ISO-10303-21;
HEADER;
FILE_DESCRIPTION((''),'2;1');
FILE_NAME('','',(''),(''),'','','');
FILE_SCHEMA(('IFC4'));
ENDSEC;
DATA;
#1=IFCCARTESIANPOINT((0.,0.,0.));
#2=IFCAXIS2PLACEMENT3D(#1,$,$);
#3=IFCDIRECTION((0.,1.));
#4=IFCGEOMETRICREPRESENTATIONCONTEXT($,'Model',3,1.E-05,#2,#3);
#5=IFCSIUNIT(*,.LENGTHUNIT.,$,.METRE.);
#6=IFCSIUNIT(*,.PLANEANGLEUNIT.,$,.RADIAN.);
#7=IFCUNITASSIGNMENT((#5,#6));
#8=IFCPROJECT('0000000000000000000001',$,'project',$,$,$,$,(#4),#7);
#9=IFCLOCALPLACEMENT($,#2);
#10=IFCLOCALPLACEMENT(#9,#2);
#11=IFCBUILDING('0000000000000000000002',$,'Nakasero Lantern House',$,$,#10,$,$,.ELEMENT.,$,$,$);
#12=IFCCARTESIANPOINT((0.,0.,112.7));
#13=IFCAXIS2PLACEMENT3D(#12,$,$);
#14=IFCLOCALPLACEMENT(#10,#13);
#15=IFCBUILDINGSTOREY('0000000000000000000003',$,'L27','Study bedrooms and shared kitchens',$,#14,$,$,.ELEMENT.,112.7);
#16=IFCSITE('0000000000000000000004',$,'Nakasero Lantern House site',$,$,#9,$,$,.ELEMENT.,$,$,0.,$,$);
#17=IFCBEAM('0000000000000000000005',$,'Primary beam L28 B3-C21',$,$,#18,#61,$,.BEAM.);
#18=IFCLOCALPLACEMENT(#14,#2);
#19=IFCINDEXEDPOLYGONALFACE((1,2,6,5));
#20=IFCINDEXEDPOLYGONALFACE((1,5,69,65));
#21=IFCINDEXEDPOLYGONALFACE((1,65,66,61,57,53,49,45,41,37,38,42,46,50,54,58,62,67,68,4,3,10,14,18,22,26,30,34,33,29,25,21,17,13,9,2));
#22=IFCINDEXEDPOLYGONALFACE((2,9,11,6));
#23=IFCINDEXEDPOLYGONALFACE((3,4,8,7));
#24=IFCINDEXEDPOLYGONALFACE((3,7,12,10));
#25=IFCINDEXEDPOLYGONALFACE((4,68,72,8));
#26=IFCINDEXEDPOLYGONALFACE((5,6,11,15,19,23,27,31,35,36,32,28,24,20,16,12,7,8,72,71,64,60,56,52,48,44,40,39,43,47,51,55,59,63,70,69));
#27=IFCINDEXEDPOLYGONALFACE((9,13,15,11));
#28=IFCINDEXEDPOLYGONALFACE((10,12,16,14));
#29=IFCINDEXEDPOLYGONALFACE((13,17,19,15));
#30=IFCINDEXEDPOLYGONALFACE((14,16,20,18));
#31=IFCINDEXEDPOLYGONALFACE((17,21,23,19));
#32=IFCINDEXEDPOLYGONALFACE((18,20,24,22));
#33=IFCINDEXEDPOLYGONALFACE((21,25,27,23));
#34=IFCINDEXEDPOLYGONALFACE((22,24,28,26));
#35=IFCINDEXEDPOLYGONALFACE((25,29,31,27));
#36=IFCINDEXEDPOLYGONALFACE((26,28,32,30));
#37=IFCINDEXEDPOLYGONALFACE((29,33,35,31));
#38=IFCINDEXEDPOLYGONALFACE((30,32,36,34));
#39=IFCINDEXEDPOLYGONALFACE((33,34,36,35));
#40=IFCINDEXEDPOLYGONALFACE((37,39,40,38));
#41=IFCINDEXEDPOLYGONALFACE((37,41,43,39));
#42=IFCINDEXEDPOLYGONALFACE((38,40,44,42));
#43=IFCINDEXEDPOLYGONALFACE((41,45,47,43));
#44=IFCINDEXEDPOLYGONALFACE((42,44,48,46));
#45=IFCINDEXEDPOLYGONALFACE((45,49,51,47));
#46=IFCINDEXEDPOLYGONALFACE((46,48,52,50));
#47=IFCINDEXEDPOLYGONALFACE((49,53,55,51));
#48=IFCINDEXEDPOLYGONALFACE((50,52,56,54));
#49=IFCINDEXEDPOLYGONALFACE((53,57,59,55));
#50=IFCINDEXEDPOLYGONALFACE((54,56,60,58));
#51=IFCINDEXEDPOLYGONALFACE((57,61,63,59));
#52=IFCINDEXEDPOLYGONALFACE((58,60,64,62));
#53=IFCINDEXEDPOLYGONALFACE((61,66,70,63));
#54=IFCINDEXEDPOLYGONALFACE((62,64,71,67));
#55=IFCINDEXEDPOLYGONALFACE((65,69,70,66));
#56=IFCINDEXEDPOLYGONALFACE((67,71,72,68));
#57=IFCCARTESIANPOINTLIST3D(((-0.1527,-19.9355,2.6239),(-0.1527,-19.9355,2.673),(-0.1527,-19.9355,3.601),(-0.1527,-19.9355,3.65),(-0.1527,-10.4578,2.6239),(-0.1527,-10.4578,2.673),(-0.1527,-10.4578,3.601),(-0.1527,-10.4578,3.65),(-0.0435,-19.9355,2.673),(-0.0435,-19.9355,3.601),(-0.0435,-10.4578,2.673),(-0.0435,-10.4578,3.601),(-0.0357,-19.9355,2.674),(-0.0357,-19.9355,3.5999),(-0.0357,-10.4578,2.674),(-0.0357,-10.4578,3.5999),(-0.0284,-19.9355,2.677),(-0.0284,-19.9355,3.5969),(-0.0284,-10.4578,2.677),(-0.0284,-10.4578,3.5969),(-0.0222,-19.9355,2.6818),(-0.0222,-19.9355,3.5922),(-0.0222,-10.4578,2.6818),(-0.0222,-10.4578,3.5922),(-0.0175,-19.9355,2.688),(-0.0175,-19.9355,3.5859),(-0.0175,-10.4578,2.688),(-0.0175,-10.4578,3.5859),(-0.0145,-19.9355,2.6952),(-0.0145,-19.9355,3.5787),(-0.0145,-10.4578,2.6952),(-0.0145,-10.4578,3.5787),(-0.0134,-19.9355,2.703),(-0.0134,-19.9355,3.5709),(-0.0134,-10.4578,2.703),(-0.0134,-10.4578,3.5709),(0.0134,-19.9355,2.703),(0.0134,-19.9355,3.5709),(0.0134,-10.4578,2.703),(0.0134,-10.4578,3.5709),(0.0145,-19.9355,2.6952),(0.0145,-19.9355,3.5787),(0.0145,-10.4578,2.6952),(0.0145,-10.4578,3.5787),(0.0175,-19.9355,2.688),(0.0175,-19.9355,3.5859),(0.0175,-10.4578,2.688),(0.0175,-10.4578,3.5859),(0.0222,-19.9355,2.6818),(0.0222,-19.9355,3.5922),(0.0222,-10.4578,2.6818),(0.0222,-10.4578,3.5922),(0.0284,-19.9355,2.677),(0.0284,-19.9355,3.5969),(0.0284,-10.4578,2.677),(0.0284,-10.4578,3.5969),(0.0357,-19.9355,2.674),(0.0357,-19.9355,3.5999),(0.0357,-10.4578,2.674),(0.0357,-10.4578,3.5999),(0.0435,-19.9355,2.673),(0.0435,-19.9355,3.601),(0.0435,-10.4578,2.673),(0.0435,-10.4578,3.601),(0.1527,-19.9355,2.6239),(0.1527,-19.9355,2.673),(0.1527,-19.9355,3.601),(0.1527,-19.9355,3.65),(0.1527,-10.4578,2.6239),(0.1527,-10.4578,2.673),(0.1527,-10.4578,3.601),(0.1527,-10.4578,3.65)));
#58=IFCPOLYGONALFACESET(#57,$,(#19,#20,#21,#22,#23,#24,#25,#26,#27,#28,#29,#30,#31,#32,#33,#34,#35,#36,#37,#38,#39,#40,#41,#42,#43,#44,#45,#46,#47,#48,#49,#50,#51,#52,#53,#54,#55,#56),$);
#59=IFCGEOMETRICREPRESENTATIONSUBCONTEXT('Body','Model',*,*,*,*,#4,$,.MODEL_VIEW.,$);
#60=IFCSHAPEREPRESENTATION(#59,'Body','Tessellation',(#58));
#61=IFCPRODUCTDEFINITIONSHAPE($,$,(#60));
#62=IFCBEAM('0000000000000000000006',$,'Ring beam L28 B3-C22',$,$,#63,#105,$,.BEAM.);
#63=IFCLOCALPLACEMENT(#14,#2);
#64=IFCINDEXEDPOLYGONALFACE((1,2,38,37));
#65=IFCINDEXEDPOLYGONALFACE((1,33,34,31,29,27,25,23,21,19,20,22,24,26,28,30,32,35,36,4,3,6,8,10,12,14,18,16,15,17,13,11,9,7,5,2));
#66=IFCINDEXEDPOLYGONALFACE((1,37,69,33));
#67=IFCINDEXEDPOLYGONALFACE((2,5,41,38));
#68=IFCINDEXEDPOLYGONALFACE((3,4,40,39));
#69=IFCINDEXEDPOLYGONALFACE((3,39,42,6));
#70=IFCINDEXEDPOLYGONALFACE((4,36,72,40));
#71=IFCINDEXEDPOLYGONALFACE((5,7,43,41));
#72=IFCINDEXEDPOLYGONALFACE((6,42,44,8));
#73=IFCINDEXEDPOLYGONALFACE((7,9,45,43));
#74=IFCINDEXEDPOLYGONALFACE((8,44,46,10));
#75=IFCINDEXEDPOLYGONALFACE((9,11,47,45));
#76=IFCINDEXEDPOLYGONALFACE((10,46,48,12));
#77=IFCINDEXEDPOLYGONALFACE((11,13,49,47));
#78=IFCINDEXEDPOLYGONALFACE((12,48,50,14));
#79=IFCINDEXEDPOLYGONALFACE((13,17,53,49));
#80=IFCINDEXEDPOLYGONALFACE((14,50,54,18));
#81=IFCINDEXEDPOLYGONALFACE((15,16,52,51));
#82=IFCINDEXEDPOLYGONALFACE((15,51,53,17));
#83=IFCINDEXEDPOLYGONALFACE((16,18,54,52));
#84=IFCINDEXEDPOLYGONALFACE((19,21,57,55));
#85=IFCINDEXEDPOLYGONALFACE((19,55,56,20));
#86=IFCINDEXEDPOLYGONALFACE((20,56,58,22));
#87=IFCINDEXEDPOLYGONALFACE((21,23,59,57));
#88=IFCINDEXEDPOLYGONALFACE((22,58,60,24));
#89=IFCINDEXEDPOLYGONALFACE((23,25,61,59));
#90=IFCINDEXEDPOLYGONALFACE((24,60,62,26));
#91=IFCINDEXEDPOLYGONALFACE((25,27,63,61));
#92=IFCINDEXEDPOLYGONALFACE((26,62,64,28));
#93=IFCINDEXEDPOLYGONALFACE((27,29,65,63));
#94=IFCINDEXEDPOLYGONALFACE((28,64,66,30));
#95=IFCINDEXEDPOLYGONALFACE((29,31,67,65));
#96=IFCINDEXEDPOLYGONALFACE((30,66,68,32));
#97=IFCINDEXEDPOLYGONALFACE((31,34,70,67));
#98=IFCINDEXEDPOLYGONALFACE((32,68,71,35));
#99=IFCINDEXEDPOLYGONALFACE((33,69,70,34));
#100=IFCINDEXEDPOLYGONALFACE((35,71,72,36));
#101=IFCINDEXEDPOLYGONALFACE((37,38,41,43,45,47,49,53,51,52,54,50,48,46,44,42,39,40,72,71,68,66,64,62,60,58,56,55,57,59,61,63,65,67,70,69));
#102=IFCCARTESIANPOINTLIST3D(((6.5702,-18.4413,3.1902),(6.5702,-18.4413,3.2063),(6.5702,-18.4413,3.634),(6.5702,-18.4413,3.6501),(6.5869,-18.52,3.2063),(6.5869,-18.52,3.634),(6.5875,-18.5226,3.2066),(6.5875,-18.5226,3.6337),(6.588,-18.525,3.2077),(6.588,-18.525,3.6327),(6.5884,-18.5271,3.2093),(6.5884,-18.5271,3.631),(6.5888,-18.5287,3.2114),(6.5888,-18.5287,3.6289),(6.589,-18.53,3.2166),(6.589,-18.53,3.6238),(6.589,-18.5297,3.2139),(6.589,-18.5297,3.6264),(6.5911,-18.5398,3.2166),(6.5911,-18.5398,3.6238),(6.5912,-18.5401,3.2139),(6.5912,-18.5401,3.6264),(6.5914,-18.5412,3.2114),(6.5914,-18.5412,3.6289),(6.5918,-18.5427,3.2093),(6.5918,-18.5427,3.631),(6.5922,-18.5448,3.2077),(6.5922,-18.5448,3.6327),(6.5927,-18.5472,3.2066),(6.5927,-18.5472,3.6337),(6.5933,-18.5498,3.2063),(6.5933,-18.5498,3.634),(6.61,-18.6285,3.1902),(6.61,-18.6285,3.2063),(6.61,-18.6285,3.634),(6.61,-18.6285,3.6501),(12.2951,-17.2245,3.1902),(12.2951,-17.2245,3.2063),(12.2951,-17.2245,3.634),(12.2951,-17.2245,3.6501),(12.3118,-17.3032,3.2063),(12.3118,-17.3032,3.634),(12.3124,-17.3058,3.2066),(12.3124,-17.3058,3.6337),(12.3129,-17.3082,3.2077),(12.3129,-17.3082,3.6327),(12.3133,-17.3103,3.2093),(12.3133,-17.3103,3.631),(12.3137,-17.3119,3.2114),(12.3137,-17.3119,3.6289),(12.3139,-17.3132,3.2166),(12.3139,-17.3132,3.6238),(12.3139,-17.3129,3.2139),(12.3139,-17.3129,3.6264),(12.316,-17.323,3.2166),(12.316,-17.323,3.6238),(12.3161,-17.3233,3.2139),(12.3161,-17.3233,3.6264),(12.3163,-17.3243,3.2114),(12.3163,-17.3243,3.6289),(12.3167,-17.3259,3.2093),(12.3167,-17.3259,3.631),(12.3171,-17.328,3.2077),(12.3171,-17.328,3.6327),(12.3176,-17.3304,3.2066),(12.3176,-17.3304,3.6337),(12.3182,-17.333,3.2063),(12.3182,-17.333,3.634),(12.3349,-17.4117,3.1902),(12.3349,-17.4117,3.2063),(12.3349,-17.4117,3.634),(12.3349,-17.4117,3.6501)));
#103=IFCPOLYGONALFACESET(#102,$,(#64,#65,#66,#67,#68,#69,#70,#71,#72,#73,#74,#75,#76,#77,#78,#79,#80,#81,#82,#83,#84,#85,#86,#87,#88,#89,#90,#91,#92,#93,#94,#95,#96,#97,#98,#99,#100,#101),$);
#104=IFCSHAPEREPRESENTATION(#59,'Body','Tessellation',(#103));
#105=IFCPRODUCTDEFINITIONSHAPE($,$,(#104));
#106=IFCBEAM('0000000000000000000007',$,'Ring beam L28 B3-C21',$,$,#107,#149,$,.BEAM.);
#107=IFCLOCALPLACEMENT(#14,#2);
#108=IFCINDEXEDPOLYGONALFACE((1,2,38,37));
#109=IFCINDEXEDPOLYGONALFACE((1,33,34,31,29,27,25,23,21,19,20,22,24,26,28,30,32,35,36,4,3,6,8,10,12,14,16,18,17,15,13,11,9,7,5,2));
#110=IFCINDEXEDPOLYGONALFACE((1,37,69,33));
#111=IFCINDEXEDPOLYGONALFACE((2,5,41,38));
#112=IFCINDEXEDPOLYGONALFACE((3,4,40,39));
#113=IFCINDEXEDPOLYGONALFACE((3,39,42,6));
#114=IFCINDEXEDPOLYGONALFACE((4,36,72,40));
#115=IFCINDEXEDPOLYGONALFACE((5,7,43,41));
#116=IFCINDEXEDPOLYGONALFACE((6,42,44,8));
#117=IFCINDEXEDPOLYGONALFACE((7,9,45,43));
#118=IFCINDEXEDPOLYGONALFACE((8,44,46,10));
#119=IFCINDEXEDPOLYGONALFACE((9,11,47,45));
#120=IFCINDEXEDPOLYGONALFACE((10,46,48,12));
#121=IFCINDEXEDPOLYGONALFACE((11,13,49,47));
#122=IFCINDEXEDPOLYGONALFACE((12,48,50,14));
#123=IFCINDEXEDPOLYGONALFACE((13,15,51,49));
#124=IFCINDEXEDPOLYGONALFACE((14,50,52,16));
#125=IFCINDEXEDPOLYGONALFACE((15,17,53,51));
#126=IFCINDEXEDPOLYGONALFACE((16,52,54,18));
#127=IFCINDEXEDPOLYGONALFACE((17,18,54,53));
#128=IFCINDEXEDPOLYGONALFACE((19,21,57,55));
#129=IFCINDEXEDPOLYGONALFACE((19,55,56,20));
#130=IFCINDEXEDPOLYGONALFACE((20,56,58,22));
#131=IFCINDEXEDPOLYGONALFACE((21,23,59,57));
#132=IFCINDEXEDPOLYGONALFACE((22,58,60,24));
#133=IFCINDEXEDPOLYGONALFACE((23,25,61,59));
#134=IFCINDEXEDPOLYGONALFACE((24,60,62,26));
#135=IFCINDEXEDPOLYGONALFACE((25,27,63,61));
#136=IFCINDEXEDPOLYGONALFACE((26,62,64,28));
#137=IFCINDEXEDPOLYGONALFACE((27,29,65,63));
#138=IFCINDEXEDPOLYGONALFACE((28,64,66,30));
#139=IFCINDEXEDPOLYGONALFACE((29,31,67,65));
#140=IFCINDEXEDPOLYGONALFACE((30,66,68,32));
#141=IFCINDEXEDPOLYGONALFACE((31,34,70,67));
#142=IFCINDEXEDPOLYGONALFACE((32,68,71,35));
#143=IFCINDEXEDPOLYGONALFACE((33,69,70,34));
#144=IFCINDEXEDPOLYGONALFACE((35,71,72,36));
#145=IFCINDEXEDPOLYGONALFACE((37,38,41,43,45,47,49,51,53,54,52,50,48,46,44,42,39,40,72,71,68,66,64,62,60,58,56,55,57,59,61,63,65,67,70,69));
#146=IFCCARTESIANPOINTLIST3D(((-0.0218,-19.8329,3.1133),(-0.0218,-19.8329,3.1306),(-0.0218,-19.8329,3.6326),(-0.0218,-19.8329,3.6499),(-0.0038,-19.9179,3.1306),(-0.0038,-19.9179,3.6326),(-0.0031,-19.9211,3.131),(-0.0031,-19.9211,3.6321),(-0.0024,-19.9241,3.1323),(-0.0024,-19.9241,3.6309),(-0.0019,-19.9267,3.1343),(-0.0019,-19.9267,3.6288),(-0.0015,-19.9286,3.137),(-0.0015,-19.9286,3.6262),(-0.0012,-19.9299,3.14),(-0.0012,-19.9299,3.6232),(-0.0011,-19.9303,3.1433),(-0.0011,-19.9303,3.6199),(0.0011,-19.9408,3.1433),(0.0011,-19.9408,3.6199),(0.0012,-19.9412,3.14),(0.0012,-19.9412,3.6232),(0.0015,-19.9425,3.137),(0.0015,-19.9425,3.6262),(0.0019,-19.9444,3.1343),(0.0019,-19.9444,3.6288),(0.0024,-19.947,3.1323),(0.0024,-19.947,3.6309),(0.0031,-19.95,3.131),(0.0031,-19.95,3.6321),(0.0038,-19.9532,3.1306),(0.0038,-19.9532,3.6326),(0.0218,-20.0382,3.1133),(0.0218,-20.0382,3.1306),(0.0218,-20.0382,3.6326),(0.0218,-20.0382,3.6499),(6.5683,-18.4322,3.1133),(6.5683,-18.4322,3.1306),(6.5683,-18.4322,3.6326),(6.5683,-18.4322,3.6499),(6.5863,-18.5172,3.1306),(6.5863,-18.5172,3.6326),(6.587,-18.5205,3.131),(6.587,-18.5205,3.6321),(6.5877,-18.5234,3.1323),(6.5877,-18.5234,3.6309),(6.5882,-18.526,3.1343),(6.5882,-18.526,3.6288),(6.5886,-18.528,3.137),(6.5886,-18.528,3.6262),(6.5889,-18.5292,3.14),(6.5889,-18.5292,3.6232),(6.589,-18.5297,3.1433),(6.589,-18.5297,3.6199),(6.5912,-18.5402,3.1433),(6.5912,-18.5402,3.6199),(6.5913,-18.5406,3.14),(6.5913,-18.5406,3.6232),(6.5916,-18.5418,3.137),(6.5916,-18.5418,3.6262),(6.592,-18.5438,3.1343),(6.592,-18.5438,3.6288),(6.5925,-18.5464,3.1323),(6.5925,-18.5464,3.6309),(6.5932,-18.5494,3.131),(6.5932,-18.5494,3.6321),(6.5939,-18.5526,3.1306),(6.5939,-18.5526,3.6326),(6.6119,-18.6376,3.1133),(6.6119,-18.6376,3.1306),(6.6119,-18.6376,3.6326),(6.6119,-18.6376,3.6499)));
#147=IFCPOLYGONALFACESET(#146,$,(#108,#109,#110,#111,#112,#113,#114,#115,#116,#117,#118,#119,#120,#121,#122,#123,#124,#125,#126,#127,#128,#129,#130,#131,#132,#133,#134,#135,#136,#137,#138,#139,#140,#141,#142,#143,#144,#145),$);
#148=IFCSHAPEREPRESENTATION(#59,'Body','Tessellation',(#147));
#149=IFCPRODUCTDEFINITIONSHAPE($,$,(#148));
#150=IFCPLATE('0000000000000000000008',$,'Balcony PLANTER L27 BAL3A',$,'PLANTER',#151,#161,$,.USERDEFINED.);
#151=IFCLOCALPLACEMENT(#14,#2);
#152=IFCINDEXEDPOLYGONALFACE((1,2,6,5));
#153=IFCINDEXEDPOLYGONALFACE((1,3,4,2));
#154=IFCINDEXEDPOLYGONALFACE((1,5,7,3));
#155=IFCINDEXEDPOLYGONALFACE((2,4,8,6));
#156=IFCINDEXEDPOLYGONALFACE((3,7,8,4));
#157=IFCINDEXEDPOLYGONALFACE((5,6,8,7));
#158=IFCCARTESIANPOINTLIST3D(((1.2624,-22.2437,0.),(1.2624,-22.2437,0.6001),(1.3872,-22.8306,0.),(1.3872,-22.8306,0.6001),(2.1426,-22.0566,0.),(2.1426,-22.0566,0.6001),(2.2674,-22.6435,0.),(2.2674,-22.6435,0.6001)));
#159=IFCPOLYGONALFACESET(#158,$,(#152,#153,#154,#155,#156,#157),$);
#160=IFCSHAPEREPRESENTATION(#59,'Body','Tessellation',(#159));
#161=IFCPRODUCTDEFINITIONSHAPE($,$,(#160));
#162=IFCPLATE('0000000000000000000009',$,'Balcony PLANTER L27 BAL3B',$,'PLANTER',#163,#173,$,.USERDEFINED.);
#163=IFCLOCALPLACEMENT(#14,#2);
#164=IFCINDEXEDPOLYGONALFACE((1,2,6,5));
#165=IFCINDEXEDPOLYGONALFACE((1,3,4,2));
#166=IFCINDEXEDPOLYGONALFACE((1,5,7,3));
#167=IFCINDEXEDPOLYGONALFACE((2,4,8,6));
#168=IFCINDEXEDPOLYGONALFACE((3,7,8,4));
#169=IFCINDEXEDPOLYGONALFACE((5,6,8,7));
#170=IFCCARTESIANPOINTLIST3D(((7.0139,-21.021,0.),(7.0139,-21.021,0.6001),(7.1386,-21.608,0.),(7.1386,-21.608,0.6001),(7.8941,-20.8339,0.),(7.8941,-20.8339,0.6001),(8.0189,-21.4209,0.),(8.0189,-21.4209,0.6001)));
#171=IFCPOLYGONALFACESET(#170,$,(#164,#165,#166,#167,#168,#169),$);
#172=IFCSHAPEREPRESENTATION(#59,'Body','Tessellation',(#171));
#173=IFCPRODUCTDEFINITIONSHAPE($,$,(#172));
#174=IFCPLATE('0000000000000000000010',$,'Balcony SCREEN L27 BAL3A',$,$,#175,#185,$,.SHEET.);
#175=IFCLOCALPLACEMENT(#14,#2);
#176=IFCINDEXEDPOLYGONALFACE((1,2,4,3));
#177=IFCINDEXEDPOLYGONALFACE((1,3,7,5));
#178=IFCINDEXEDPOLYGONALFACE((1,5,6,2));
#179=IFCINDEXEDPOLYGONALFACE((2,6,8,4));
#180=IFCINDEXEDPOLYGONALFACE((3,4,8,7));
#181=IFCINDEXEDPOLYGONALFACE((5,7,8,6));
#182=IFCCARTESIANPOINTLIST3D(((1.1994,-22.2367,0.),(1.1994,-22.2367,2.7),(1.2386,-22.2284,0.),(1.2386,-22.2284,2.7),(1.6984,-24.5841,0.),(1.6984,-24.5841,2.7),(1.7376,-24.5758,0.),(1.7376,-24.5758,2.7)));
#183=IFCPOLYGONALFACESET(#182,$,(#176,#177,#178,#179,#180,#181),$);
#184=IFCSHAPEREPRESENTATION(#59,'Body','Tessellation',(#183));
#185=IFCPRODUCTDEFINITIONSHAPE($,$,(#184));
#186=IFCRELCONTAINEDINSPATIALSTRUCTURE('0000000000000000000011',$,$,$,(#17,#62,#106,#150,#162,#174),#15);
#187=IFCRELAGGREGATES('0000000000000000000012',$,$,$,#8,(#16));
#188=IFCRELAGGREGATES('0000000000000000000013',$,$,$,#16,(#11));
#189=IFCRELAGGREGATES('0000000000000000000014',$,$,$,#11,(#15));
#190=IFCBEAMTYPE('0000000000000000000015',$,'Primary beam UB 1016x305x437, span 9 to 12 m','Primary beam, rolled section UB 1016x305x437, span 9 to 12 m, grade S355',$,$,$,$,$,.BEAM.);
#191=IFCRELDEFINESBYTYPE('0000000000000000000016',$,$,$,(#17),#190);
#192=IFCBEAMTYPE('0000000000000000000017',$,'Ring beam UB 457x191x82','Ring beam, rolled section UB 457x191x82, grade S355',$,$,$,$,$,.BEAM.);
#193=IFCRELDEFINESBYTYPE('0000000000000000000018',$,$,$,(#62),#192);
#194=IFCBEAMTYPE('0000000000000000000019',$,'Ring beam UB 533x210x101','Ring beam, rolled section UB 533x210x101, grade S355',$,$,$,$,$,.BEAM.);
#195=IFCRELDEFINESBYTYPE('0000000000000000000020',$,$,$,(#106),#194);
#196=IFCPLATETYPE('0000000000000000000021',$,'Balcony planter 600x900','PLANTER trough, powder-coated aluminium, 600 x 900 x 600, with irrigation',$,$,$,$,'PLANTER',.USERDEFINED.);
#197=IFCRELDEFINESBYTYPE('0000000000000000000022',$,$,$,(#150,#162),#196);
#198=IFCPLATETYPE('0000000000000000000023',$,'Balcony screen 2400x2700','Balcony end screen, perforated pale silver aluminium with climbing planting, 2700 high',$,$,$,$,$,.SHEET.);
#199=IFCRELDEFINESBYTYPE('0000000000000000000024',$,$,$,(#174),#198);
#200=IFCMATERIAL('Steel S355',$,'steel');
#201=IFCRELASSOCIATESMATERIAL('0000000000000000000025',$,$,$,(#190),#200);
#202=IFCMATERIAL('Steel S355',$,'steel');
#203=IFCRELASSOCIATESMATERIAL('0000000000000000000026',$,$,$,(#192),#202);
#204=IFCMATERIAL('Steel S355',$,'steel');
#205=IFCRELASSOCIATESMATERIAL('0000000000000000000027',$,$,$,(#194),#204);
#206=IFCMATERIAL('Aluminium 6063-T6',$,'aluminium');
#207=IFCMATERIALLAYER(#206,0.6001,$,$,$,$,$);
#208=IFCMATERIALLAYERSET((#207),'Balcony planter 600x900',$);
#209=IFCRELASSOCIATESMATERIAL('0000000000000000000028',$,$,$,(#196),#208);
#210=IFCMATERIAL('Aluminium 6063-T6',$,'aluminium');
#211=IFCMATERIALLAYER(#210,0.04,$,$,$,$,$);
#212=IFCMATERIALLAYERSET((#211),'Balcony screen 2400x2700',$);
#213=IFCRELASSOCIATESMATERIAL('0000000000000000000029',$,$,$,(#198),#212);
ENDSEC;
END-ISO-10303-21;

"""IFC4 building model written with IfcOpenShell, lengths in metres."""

from ifc_helpers import new_model, si_unit, direction, frame, origin, origin_2d, place, context, subcontext, project, spatial, rectangle, i_section, extrude, material, layer, layer_set, material_profile, profile_set, type_object, element, save


model = new_model("IFC4")

# Units and contexts
model_context = context("Model", 3, precision=1e-05, world=origin(), true_north=direction((0.0, 1.0)))
body_context = subcontext(model_context, "Body", "Model", "MODEL_VIEW")
ifc_project = project(units=[si_unit("LENGTHUNIT", "METRE"), si_unit("PLANEANGLEUNIT", "RADIAN")], contexts=[model_context])

# Site, building, storey
site_placement = place(None, origin())
site = spatial("IfcSite", under=ifc_project, at=site_placement, Name="Nakasero Lantern House site", CompositionType="ELEMENT", RefElevation=0.0)
building_placement = place(site_placement, origin())
building = spatial("IfcBuilding", under=site, at=building_placement, Name="Nakasero Lantern House", CompositionType="ELEMENT")
storey_placement = place(building_placement, frame((0.0, 0.0, 112.7)))
storey = spatial("IfcBuildingStorey", under=building, at=storey_placement, Name="L27", Description="Study bedrooms and shared kitchens", CompositionType="ELEMENT", Elevation=112.7)

# Beams
ifc_material_1 = material(Name="Steel S355", Category="steel")
ifc_material_profile_1 = material_profile(ifc_material_1, i_section(OverallWidth=0.3054, OverallDepth=1.0261, WebThickness=0.0269, FlangeThickness=0.0491, FilletRadius=0.03, at=origin_2d()), Name="UB 1016x305x437")
ifc_profile_set_1 = profile_set([ifc_material_profile_1], Name="Steel S355")
beam_type_1 = type_object("IfcBeamType", Name="Primary beam UB 1016x305x437, span 9 to 12 m", Description="Primary beam, rolled section UB 1016x305x437, span 9 to 12 m, grade S355", PredefinedType="BEAM", material=ifc_profile_set_1)
beam_1_placement = place(storey_placement, frame((0.0, -19.9355, 3.137), z_axis=(0.0, 1.0, 0.0), x_axis=(-1.0, 0.0, 0.0)))
element("IfcBeam", 1, at=beam_1_placement, inside=storey, type_object=beam_type_1, Name="Primary beam L28 B3-C21", PredefinedType="BEAM", context=body_context, shape_type="SweptSolid", body=[
    extrude(i_section(OverallWidth=0.3054, OverallDepth=1.0261, WebThickness=0.0269, FlangeThickness=0.0491, FilletRadius=0.03, at=origin_2d()), origin(), (0.0, 0.0, 1.0), 9.4778),
])
ifc_material_2 = material(Name="Steel S355", Category="steel")
ifc_material_profile_2 = material_profile(ifc_material_2, i_section(OverallWidth=0.1914, OverallDepth=0.46, WebThickness=0.01, FlangeThickness=0.0161, FilletRadius=0.0103, at=origin_2d()), Name="UB 457x191x82")
ifc_profile_set_2 = profile_set([ifc_material_profile_2], Name="Steel S355")
beam_type_2 = type_object("IfcBeamType", Name="Ring beam UB 457x191x82", Description="Ring beam, rolled section UB 457x191x82, grade S355", PredefinedType="BEAM", material=ifc_profile_set_2)
beam_2_placement = place(storey_placement, frame((6.5901, -18.5349, 3.4202), z_axis=(0.97815, 0.207902, 0.0), x_axis=(-0.207902, 0.97815, 0.0)))
element("IfcBeam", 2, at=beam_2_placement, inside=storey, type_object=beam_type_2, Name="Ring beam L28 B3-C22", PredefinedType="BEAM", context=body_context, shape_type="SweptSolid", body=[
    extrude(i_section(OverallWidth=0.1914, OverallDepth=0.46, WebThickness=0.01, FlangeThickness=0.0161, FilletRadius=0.0103, at=origin_2d()), origin(), (0.0, 0.0, 1.0), 5.8528),
])
ifc_material_3 = material(Name="Steel S355", Category="steel")
ifc_material_profile_3 = material_profile(ifc_material_3, i_section(OverallWidth=0.21, OverallDepth=0.5366, WebThickness=0.0107, FlangeThickness=0.0173, FilletRadius=0.0127, at=origin_2d()), Name="UB 533x210x101")
ifc_profile_set_3 = profile_set([ifc_material_profile_3], Name="Steel S355")
beam_type_3 = type_object("IfcBeamType", Name="Ring beam UB 533x210x101", Description="Ring beam, rolled section UB 533x210x101, grade S355", PredefinedType="BEAM", material=ifc_profile_set_3)
beam_3_placement = place(storey_placement, frame((0.0, -19.9355, 3.3816), z_axis=(0.978152, 0.207893, 0.0), x_axis=(-0.207893, 0.978152, 0.0)))
element("IfcBeam", 3, at=beam_3_placement, inside=storey, type_object=beam_type_3, Name="Ring beam L28 B3-C21", PredefinedType="BEAM", context=body_context, shape_type="SweptSolid", body=[
    extrude(i_section(OverallWidth=0.21, OverallDepth=0.5366, WebThickness=0.0107, FlangeThickness=0.0173, FilletRadius=0.0127, at=origin_2d()), origin(), (0.0, 0.0, 1.0), 6.7373),
])

# Plates
ifc_material_4 = material(Name="Aluminium 6063-T6", Category="aluminium")
ifc_layer_1 = layer(ifc_material_4, 0.6001)
ifc_layer_set_1 = layer_set([ifc_layer_1], Name="Balcony planter 600x900")
plate_type_1 = type_object("IfcPlateType", Name="Balcony planter 600x900", Description="PLANTER trough, powder-coated aluminium, 600 x 900 x 600, with irrigation", ElementType="PLANTER", PredefinedType="USERDEFINED", material=ifc_layer_set_1)
for number, where, z_axis, x_axis, name in (
    (4, (1.7649, -22.4436, 0.0), (0.0, 0.0, 1.0), (0.207912, -0.978148, 0.0), "Balcony PLANTER L27 BAL3A"),
    (5, (7.5164, -21.2209, 0.0), (0.0, 0.0, 1.0), (0.207912, -0.978148, 0.0), "Balcony PLANTER L27 BAL3B"),
):
    element("IfcPlate", number, at=place(storey_placement, frame(where, z_axis=z_axis, x_axis=x_axis)), inside=storey, type_object=plate_type_1, Name=name, ObjectType="PLANTER", PredefinedType="USERDEFINED", context=body_context, shape_type="SweptSolid", body=[
        extrude(rectangle(XDim=0.6001, YDim=0.8999, at=origin_2d()), origin(), (0.0, 0.0, 1.0), 0.6001),
    ])
ifc_material_5 = material(Name="Aluminium 6063-T6", Category="aluminium")
ifc_layer_2 = layer(ifc_material_5, 0.04)
ifc_layer_set_2 = layer_set([ifc_layer_2], Name="Balcony screen 2400x2700")
plate_type_2 = type_object("IfcPlateType", Name="Balcony screen 2400x2700", Description="Balcony end screen, perforated pale silver aluminium with climbing planting, 2700 high", PredefinedType="SHEET", material=ifc_layer_set_2)
for number, where, z_axis, x_axis, name in (
    (6, (1.4685, -23.4062, 0.0), (0.0, 0.0, 1.0), (0.207912, -0.978148, 0.0), "Balcony SCREEN L27 BAL3A"),
):
    element("IfcPlate", number, at=place(storey_placement, frame(where, z_axis=z_axis, x_axis=x_axis)), inside=storey, type_object=plate_type_2, Name=name, PredefinedType="SHEET", context=body_context, shape_type="SweptSolid", body=[
        extrude(rectangle(XDim=2.3999, YDim=0.04, at=origin_2d()), origin(), (0.0, 0.0, 1.0), 2.7),
    ])

save(model, "model.ifc")
